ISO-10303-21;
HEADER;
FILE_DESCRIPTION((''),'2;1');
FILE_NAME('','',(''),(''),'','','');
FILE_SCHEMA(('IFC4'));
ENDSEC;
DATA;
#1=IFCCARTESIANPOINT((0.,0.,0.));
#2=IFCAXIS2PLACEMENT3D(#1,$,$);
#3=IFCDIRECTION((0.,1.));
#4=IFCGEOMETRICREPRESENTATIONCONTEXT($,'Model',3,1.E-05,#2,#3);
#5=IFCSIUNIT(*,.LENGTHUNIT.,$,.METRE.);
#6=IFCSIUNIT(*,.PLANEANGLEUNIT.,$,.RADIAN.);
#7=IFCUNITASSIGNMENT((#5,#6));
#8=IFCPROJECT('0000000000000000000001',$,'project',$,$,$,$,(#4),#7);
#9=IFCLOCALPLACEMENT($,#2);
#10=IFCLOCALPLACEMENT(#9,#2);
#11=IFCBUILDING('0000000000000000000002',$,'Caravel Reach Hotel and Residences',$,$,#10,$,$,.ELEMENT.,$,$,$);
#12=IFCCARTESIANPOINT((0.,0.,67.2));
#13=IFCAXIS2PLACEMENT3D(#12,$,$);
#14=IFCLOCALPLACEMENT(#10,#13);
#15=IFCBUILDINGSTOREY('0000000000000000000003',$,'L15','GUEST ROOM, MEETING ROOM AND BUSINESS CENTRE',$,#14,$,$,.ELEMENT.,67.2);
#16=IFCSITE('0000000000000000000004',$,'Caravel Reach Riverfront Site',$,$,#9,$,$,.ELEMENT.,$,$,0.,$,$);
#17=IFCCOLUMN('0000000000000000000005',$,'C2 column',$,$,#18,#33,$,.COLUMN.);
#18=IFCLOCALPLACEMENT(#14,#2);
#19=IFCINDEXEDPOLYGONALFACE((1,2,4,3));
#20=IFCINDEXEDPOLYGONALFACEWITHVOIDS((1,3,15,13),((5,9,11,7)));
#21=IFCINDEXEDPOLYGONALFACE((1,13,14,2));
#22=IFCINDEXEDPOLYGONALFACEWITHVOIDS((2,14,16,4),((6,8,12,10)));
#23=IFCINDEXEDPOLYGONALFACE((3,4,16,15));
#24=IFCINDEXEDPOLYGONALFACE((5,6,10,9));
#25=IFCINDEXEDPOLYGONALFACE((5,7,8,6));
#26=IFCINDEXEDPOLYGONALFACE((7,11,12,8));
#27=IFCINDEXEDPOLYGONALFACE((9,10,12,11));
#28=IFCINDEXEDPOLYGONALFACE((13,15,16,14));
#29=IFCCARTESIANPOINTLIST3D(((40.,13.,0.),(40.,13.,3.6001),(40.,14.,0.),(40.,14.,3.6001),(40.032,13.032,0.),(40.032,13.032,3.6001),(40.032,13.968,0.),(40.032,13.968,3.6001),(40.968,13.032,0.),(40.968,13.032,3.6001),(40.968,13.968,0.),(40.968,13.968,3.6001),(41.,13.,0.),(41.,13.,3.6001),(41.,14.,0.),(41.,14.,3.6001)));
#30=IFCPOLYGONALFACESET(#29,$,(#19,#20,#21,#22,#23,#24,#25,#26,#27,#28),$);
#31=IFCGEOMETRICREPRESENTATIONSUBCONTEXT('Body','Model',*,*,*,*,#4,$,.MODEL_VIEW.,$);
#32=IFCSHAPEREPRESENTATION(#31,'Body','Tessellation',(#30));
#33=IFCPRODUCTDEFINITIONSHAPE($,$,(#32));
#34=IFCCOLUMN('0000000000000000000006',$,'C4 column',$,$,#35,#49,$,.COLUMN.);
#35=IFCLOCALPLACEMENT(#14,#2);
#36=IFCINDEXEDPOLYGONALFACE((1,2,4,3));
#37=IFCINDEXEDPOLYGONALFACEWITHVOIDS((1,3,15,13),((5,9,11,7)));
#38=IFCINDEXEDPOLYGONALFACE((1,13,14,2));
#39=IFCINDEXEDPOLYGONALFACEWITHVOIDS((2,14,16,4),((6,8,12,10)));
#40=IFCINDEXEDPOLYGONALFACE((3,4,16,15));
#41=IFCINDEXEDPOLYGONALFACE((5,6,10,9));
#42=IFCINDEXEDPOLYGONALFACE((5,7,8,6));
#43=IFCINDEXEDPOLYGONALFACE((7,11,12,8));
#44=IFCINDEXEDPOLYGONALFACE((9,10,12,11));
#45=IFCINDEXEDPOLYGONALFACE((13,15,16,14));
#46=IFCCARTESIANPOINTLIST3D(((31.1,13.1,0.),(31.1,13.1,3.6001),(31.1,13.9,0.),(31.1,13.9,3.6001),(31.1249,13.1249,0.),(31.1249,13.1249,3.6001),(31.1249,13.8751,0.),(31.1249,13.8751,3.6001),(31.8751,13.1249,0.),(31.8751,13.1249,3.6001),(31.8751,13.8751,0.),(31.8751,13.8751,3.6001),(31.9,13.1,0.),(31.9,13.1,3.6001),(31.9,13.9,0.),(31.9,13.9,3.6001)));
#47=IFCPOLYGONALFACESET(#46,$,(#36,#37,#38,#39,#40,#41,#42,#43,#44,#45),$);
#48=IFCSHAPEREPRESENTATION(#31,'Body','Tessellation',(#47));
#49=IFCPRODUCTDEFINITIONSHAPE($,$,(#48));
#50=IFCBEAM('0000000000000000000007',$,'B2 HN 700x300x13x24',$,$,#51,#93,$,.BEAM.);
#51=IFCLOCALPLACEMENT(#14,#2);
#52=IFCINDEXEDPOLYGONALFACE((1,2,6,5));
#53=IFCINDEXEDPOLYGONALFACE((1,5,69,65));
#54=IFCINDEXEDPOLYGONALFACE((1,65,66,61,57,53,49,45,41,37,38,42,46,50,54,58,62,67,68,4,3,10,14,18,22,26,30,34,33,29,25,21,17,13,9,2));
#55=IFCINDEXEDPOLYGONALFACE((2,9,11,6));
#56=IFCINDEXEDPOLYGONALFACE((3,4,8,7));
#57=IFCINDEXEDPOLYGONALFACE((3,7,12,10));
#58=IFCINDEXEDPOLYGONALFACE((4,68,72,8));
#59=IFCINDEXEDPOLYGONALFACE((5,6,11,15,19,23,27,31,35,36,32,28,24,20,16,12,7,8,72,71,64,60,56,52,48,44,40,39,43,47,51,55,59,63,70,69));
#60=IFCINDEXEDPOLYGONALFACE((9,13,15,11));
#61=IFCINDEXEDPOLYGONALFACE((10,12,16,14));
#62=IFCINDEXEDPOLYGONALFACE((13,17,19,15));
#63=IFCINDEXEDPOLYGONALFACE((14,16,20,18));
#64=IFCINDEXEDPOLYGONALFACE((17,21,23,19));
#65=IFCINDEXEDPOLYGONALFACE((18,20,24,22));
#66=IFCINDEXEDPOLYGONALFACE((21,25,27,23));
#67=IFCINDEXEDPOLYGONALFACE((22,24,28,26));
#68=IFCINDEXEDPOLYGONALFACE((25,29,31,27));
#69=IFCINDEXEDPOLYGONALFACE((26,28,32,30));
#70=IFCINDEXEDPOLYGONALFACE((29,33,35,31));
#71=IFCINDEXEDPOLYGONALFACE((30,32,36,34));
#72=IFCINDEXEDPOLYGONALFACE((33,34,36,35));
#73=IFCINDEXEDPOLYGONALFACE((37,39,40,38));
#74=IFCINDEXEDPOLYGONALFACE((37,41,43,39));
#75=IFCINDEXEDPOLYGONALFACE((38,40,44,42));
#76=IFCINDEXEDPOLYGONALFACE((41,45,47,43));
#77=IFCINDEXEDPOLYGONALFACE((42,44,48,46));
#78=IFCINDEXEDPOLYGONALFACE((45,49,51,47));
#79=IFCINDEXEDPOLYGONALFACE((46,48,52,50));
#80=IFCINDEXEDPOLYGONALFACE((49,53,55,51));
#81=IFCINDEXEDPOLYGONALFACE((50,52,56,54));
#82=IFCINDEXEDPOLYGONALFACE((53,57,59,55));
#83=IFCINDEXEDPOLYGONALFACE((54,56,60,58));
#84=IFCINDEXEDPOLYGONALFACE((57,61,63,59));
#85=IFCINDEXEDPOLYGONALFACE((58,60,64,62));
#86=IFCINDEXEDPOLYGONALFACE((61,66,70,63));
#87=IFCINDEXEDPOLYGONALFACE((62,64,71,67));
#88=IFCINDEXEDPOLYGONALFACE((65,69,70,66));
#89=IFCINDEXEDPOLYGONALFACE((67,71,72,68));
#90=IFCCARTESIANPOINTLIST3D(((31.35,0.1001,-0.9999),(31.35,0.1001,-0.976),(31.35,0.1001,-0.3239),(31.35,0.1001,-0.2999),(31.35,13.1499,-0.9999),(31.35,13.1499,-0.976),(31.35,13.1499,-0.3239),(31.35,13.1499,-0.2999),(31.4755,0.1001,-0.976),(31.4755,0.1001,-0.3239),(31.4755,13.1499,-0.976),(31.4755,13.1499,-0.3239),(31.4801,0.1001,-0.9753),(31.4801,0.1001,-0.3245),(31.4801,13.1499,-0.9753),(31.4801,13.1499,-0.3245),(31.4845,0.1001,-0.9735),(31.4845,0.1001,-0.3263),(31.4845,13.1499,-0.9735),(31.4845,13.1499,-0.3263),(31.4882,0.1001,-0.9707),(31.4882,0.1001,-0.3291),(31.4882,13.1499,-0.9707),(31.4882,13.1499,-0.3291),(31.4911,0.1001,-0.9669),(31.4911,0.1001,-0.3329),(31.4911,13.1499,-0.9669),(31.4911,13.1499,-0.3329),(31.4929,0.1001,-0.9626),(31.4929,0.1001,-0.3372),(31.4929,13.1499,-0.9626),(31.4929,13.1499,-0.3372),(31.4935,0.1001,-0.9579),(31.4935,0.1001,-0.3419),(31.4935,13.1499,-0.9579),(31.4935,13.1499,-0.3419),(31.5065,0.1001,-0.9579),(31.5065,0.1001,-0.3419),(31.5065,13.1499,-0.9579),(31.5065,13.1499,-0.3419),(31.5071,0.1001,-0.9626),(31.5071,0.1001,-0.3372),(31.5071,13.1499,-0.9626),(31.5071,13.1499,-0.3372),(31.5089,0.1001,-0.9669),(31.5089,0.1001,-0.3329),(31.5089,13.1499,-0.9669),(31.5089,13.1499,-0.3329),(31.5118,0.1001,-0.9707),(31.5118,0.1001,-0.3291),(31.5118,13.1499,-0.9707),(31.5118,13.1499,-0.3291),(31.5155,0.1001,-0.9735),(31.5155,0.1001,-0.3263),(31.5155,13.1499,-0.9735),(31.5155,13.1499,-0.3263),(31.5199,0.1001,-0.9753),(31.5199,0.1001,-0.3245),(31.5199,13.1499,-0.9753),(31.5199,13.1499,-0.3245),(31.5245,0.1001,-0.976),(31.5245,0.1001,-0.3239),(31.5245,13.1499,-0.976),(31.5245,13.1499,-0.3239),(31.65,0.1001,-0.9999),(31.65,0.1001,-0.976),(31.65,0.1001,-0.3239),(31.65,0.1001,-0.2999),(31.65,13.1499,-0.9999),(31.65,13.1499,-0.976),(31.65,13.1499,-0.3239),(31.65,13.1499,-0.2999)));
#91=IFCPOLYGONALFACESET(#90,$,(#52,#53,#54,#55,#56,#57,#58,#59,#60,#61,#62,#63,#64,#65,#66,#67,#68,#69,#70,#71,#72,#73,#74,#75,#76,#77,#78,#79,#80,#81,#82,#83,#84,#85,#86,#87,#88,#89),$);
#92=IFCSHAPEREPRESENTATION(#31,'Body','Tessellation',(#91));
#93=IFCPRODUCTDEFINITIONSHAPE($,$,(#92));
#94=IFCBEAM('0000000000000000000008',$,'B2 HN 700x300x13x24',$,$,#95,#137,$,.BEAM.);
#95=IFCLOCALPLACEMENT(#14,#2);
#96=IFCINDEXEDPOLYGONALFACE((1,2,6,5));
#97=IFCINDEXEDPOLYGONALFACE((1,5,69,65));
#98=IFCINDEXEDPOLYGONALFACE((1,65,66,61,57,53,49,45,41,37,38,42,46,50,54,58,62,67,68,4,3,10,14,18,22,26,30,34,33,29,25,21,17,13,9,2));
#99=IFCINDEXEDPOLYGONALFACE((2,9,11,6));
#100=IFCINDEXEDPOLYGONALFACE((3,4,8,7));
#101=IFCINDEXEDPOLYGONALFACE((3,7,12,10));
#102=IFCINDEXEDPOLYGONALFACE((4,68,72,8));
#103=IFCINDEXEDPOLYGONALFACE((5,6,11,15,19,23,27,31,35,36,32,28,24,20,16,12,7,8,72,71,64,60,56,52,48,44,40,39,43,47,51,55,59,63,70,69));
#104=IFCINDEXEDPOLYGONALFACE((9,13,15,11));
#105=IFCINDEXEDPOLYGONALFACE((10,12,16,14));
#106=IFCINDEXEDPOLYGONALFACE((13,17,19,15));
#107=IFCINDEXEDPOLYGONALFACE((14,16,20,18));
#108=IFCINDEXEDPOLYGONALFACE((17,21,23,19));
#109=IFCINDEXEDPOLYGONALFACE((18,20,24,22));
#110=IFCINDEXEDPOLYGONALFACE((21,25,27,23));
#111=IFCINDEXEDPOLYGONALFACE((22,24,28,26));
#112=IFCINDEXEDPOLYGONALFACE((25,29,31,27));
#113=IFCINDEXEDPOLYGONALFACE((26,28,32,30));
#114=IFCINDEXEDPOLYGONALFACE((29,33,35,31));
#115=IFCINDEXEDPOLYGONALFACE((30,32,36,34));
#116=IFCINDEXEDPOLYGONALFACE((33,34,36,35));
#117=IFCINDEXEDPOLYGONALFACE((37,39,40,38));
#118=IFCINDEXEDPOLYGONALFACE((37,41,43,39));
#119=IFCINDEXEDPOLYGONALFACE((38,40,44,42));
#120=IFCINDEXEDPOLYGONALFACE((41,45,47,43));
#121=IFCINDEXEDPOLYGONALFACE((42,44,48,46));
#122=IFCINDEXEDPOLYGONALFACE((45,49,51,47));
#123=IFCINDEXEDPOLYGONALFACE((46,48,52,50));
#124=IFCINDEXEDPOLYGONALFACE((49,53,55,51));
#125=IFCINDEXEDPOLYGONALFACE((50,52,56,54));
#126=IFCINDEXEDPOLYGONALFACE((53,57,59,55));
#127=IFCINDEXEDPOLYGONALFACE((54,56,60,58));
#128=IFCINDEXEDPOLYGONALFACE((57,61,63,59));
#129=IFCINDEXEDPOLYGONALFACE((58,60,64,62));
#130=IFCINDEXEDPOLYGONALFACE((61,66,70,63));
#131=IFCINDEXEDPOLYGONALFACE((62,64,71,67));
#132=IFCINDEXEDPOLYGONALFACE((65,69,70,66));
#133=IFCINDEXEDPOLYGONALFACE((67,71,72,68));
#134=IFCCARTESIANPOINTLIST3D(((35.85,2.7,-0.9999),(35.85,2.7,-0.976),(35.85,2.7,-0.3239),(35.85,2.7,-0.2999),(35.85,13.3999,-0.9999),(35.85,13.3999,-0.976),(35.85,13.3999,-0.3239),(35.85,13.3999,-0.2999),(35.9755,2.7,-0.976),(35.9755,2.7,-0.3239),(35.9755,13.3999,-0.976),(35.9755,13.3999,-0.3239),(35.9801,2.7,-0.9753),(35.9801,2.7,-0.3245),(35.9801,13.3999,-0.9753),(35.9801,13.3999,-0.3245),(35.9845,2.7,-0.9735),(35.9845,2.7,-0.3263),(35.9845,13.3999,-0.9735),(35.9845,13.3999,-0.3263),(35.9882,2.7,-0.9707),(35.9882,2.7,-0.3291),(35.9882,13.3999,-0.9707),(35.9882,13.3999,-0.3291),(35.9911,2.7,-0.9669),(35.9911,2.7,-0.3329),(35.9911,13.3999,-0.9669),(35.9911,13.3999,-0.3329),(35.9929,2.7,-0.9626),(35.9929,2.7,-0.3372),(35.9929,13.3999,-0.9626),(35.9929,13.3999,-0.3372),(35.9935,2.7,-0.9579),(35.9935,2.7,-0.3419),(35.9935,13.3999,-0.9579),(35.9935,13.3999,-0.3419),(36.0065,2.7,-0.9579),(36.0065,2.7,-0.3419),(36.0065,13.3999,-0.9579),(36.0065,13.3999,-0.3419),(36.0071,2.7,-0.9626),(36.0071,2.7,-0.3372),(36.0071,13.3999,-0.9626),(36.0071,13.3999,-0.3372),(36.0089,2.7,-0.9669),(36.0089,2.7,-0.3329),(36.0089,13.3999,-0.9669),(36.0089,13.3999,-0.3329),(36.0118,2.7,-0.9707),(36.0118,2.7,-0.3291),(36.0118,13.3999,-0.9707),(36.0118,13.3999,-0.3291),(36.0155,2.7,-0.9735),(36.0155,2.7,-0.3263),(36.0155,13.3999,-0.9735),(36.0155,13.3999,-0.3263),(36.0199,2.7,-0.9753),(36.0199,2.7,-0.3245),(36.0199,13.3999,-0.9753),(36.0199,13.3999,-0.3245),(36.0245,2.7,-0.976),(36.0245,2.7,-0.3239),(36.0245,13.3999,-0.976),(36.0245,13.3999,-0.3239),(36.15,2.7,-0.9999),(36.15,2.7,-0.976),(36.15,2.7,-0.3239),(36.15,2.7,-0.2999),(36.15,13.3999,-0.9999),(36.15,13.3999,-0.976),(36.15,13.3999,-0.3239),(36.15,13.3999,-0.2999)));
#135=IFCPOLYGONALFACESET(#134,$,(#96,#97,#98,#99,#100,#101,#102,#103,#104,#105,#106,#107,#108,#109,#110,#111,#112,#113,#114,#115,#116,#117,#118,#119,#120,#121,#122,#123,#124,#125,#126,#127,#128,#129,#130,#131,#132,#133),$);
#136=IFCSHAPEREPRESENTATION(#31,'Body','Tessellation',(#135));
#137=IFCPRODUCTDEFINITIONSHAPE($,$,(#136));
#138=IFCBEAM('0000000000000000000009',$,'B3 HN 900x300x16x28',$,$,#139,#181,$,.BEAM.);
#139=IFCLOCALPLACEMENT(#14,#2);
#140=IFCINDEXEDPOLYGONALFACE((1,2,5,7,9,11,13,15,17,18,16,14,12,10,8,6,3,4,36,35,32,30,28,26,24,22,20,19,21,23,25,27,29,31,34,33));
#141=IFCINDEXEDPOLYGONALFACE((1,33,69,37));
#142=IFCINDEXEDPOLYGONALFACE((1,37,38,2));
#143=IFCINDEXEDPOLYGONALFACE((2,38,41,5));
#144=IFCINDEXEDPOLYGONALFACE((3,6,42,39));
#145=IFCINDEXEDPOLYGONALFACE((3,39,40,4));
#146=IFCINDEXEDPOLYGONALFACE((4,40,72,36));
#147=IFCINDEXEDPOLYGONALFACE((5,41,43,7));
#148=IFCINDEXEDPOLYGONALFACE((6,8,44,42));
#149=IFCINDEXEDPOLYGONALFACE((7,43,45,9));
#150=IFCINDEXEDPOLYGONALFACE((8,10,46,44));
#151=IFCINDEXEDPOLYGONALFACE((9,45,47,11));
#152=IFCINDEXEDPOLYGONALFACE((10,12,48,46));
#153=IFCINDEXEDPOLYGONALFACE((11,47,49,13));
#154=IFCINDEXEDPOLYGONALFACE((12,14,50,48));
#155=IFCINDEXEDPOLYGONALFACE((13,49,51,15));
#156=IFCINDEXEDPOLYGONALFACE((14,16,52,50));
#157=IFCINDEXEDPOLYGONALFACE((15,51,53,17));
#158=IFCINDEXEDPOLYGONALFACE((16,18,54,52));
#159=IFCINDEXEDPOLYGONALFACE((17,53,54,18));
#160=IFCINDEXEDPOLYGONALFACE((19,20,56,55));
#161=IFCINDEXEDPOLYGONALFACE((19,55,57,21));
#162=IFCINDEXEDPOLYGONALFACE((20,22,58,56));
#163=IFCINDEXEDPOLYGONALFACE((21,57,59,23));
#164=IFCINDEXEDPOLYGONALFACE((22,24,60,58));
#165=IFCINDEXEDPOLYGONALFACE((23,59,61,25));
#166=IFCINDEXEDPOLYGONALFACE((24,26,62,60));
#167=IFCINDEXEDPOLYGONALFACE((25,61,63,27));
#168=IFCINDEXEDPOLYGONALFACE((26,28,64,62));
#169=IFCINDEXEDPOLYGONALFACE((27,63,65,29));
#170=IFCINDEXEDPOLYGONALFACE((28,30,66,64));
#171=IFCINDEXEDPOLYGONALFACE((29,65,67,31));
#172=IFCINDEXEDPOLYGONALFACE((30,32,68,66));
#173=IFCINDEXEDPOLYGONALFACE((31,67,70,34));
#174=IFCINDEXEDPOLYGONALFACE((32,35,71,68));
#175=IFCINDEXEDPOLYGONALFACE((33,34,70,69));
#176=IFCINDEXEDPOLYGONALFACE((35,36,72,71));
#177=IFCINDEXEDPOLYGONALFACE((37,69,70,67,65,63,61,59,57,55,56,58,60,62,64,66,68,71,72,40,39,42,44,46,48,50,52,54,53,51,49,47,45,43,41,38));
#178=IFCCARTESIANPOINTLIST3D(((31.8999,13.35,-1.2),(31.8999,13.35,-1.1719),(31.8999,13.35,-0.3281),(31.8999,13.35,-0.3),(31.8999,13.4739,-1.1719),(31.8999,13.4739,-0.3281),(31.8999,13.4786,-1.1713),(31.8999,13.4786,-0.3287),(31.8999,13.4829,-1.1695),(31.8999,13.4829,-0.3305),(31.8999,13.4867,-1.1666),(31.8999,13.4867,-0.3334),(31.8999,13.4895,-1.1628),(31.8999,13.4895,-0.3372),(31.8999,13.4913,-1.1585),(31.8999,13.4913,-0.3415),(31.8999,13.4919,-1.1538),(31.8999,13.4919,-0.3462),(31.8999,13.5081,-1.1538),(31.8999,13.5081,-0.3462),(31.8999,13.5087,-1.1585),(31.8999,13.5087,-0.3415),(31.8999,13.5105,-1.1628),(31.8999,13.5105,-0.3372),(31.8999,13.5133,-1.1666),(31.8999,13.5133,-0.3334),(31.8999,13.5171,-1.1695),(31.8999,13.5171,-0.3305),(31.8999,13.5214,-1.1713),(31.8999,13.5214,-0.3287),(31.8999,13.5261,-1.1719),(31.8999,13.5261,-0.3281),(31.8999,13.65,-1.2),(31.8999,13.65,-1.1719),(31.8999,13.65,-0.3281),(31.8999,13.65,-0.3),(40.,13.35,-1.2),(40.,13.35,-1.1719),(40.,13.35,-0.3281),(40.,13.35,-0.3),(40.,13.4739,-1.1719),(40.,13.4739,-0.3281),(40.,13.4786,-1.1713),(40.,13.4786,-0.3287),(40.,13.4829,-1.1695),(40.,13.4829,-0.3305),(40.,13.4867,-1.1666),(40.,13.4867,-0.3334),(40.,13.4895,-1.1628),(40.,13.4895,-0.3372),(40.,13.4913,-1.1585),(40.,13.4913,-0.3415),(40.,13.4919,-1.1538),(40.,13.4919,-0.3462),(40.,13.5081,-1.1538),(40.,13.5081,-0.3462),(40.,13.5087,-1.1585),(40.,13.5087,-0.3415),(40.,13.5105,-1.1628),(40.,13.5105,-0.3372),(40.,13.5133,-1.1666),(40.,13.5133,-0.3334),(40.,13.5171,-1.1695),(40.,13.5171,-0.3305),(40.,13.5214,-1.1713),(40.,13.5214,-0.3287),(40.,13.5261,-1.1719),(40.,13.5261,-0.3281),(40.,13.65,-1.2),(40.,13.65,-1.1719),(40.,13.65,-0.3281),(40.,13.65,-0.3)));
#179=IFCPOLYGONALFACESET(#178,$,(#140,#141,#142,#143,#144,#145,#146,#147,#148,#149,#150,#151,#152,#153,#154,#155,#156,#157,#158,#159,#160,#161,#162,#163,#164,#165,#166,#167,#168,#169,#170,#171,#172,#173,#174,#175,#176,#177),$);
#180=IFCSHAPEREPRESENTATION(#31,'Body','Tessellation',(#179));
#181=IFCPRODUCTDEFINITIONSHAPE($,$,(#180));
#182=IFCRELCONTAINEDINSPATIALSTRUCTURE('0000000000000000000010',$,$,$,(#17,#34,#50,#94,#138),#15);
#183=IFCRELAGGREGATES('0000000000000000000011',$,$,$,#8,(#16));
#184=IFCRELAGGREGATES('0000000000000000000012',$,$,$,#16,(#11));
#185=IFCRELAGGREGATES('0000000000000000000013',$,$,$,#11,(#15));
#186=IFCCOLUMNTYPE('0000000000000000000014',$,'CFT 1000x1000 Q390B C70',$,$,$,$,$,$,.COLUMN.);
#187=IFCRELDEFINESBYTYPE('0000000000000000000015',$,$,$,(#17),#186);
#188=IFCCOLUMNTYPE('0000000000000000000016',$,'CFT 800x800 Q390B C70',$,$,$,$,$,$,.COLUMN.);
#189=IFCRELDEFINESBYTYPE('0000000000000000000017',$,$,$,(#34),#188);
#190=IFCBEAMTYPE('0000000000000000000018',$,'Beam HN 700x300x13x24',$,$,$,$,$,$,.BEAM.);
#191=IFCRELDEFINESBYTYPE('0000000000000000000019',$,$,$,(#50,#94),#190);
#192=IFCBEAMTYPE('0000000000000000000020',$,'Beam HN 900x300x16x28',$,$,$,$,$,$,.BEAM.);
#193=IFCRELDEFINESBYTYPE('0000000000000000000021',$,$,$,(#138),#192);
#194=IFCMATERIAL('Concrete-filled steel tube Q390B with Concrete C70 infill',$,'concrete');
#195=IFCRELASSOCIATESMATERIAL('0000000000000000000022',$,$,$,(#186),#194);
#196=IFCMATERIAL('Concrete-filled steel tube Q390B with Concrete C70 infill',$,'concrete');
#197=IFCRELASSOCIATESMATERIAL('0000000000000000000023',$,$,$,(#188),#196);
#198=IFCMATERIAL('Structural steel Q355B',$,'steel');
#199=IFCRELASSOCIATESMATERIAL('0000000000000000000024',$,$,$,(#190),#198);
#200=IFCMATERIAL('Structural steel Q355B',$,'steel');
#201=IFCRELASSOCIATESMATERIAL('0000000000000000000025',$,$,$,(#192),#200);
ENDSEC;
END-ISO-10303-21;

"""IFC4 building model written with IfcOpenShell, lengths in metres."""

from ifc_helpers import new_model, si_unit, direction, frame, origin, origin_2d, place, context, subcontext, project, spatial, hollow_rectangle, i_section, extrude, material, material_profile, profile_set, type_object, element, save


model = new_model("IFC4")

# Units and contexts
model_context = context("Model", 3, precision=1e-05, world=origin(), true_north=direction((0.0, 1.0)))
body_context = subcontext(model_context, "Body", "Model", "MODEL_VIEW")
ifc_project = project(units=[si_unit("LENGTHUNIT", "METRE"), si_unit("PLANEANGLEUNIT", "RADIAN")], contexts=[model_context])

# Site, building, storey
site_placement = place(None, origin())
site = spatial("IfcSite", under=ifc_project, at=site_placement, Name="Caravel Reach Riverfront Site", CompositionType="ELEMENT", RefElevation=0.0)
building_placement = place(site_placement, origin())
building = spatial("IfcBuilding", under=site, at=building_placement, Name="Caravel Reach Hotel and Residences", CompositionType="ELEMENT")
storey_placement = place(building_placement, frame((0.0, 0.0, 67.2)))
storey = spatial("IfcBuildingStorey", under=building, at=storey_placement, Name="L15", Description="GUEST ROOM, MEETING ROOM AND BUSINESS CENTRE", CompositionType="ELEMENT", Elevation=67.2)

# Columns
ifc_material_1 = material(Name="Concrete-filled steel tube Q390B with Concrete C70 infill", Category="concrete")
ifc_material_profile_1 = material_profile(ifc_material_1, hollow_rectangle(XDim=1.0, YDim=1.0, WallThickness=0.032, at=origin_2d()), Name="RHS 1000x1000x32")
ifc_profile_set_1 = profile_set([ifc_material_profile_1], Name="Concrete-filled steel tube Q390B with Concrete C70 infill")
column_type_1 = type_object("IfcColumnType", Name="CFT 1000x1000 Q390B C70", PredefinedType="COLUMN", material=ifc_profile_set_1)
column_1_placement = place(storey_placement, frame((40.5, 13.5, 0.0), z_axis=(0.0, 0.0, 1.0), x_axis=(1.0, 0.0, 0.0)))
element("IfcColumn", 1, at=column_1_placement, inside=storey, type_object=column_type_1, Name="C2 column", PredefinedType="COLUMN", context=body_context, shape_type="SweptSolid", body=[
    extrude(hollow_rectangle(XDim=1.0, YDim=1.0, WallThickness=0.032, at=origin_2d()), origin(), (0.0, 0.0, 1.0), 3.6001),
])
ifc_material_2 = material(Name="Concrete-filled steel tube Q390B with Concrete C70 infill", Category="concrete")
ifc_material_profile_2 = material_profile(ifc_material_2, hollow_rectangle(XDim=0.8, YDim=0.8, WallThickness=0.0249, at=origin_2d()), Name="RHS 800x800x25")
ifc_profile_set_2 = profile_set([ifc_material_profile_2], Name="Concrete-filled steel tube Q390B with Concrete C70 infill")
column_type_2 = type_object("IfcColumnType", Name="CFT 800x800 Q390B C70", PredefinedType="COLUMN", material=ifc_profile_set_2)
column_2_placement = place(storey_placement, frame((31.5, 13.5, 0.0), z_axis=(0.0, 0.0, 1.0), x_axis=(1.0, 0.0, 0.0)))
element("IfcColumn", 2, at=column_2_placement, inside=storey, type_object=column_type_2, Name="C4 column", PredefinedType="COLUMN", context=body_context, shape_type="SweptSolid", body=[
    extrude(hollow_rectangle(XDim=0.8, YDim=0.8, WallThickness=0.0249, at=origin_2d()), origin(), (0.0, 0.0, 1.0), 3.6001),
])

# Beams
ifc_material_3 = material(Name="Structural steel Q355B", Category="steel")
ifc_material_profile_3 = material_profile(ifc_material_3, i_section(OverallWidth=0.3, OverallDepth=0.7, WebThickness=0.0129, FlangeThickness=0.0239, FilletRadius=0.0181, at=origin_2d()), Name="HN 700x300x13x24")
ifc_profile_set_3 = profile_set([ifc_material_profile_3], Name="Structural steel Q355B")
beam_type_1 = type_object("IfcBeamType", Name="Beam HN 700x300x13x24", PredefinedType="BEAM", material=ifc_profile_set_3)
beam_1_placement = place(storey_placement, frame((31.5, 13.1499, -0.6499), z_axis=(0.0, -1.0, 0.0), x_axis=(1.0, 0.0, 0.0)))
element("IfcBeam", 3, at=beam_1_placement, inside=storey, type_object=beam_type_1, Name="B2 HN 700x300x13x24", PredefinedType="BEAM", context=body_context, shape_type="SweptSolid", body=[
    extrude(i_section(OverallWidth=0.3, OverallDepth=0.7, WebThickness=0.0129, FlangeThickness=0.0239, FilletRadius=0.0181, at=origin_2d()), origin(), (0.0, 0.0, 1.0), 13.0498),
])
beam_2_placement = place(storey_placement, frame((36.0, 13.3999, -0.6499), z_axis=(0.0, -1.0, 0.0), x_axis=(1.0, 0.0, 0.0)))
element("IfcBeam", 4, at=beam_2_placement, inside=storey, type_object=beam_type_1, Name="B2 HN 700x300x13x24", PredefinedType="BEAM", context=body_context, shape_type="SweptSolid", body=[
    extrude(i_section(OverallWidth=0.3, OverallDepth=0.7, WebThickness=0.0129, FlangeThickness=0.0239, FilletRadius=0.0181, at=origin_2d()), origin(), (0.0, 0.0, 1.0), 10.7),
])
ifc_material_4 = material(Name="Structural steel Q355B", Category="steel")
ifc_material_profile_4 = material_profile(ifc_material_4, i_section(OverallWidth=0.3, OverallDepth=0.8999, WebThickness=0.0161, FlangeThickness=0.0281, FilletRadius=0.0181, at=origin_2d()), Name="HN 900x300x16x28")
ifc_profile_set_4 = profile_set([ifc_material_profile_4], Name="Structural steel Q355B")
beam_type_2 = type_object("IfcBeamType", Name="Beam HN 900x300x16x28", PredefinedType="BEAM", material=ifc_profile_set_4)
beam_3_placement = place(storey_placement, frame((31.8999, 13.5, -0.75), z_axis=(1.0, 0.0, 0.0), x_axis=(0.0, 1.0, 0.0)))
element("IfcBeam", 5, at=beam_3_placement, inside=storey, type_object=beam_type_2, Name="B3 HN 900x300x16x28", PredefinedType="BEAM", context=body_context, shape_type="SweptSolid", body=[
    extrude(i_section(OverallWidth=0.3, OverallDepth=0.8999, WebThickness=0.0161, FlangeThickness=0.0281, FilletRadius=0.0181, at=origin_2d()), origin(), (0.0, 0.0, 1.0), 8.1001),
])

save(model, "model.ifc")
